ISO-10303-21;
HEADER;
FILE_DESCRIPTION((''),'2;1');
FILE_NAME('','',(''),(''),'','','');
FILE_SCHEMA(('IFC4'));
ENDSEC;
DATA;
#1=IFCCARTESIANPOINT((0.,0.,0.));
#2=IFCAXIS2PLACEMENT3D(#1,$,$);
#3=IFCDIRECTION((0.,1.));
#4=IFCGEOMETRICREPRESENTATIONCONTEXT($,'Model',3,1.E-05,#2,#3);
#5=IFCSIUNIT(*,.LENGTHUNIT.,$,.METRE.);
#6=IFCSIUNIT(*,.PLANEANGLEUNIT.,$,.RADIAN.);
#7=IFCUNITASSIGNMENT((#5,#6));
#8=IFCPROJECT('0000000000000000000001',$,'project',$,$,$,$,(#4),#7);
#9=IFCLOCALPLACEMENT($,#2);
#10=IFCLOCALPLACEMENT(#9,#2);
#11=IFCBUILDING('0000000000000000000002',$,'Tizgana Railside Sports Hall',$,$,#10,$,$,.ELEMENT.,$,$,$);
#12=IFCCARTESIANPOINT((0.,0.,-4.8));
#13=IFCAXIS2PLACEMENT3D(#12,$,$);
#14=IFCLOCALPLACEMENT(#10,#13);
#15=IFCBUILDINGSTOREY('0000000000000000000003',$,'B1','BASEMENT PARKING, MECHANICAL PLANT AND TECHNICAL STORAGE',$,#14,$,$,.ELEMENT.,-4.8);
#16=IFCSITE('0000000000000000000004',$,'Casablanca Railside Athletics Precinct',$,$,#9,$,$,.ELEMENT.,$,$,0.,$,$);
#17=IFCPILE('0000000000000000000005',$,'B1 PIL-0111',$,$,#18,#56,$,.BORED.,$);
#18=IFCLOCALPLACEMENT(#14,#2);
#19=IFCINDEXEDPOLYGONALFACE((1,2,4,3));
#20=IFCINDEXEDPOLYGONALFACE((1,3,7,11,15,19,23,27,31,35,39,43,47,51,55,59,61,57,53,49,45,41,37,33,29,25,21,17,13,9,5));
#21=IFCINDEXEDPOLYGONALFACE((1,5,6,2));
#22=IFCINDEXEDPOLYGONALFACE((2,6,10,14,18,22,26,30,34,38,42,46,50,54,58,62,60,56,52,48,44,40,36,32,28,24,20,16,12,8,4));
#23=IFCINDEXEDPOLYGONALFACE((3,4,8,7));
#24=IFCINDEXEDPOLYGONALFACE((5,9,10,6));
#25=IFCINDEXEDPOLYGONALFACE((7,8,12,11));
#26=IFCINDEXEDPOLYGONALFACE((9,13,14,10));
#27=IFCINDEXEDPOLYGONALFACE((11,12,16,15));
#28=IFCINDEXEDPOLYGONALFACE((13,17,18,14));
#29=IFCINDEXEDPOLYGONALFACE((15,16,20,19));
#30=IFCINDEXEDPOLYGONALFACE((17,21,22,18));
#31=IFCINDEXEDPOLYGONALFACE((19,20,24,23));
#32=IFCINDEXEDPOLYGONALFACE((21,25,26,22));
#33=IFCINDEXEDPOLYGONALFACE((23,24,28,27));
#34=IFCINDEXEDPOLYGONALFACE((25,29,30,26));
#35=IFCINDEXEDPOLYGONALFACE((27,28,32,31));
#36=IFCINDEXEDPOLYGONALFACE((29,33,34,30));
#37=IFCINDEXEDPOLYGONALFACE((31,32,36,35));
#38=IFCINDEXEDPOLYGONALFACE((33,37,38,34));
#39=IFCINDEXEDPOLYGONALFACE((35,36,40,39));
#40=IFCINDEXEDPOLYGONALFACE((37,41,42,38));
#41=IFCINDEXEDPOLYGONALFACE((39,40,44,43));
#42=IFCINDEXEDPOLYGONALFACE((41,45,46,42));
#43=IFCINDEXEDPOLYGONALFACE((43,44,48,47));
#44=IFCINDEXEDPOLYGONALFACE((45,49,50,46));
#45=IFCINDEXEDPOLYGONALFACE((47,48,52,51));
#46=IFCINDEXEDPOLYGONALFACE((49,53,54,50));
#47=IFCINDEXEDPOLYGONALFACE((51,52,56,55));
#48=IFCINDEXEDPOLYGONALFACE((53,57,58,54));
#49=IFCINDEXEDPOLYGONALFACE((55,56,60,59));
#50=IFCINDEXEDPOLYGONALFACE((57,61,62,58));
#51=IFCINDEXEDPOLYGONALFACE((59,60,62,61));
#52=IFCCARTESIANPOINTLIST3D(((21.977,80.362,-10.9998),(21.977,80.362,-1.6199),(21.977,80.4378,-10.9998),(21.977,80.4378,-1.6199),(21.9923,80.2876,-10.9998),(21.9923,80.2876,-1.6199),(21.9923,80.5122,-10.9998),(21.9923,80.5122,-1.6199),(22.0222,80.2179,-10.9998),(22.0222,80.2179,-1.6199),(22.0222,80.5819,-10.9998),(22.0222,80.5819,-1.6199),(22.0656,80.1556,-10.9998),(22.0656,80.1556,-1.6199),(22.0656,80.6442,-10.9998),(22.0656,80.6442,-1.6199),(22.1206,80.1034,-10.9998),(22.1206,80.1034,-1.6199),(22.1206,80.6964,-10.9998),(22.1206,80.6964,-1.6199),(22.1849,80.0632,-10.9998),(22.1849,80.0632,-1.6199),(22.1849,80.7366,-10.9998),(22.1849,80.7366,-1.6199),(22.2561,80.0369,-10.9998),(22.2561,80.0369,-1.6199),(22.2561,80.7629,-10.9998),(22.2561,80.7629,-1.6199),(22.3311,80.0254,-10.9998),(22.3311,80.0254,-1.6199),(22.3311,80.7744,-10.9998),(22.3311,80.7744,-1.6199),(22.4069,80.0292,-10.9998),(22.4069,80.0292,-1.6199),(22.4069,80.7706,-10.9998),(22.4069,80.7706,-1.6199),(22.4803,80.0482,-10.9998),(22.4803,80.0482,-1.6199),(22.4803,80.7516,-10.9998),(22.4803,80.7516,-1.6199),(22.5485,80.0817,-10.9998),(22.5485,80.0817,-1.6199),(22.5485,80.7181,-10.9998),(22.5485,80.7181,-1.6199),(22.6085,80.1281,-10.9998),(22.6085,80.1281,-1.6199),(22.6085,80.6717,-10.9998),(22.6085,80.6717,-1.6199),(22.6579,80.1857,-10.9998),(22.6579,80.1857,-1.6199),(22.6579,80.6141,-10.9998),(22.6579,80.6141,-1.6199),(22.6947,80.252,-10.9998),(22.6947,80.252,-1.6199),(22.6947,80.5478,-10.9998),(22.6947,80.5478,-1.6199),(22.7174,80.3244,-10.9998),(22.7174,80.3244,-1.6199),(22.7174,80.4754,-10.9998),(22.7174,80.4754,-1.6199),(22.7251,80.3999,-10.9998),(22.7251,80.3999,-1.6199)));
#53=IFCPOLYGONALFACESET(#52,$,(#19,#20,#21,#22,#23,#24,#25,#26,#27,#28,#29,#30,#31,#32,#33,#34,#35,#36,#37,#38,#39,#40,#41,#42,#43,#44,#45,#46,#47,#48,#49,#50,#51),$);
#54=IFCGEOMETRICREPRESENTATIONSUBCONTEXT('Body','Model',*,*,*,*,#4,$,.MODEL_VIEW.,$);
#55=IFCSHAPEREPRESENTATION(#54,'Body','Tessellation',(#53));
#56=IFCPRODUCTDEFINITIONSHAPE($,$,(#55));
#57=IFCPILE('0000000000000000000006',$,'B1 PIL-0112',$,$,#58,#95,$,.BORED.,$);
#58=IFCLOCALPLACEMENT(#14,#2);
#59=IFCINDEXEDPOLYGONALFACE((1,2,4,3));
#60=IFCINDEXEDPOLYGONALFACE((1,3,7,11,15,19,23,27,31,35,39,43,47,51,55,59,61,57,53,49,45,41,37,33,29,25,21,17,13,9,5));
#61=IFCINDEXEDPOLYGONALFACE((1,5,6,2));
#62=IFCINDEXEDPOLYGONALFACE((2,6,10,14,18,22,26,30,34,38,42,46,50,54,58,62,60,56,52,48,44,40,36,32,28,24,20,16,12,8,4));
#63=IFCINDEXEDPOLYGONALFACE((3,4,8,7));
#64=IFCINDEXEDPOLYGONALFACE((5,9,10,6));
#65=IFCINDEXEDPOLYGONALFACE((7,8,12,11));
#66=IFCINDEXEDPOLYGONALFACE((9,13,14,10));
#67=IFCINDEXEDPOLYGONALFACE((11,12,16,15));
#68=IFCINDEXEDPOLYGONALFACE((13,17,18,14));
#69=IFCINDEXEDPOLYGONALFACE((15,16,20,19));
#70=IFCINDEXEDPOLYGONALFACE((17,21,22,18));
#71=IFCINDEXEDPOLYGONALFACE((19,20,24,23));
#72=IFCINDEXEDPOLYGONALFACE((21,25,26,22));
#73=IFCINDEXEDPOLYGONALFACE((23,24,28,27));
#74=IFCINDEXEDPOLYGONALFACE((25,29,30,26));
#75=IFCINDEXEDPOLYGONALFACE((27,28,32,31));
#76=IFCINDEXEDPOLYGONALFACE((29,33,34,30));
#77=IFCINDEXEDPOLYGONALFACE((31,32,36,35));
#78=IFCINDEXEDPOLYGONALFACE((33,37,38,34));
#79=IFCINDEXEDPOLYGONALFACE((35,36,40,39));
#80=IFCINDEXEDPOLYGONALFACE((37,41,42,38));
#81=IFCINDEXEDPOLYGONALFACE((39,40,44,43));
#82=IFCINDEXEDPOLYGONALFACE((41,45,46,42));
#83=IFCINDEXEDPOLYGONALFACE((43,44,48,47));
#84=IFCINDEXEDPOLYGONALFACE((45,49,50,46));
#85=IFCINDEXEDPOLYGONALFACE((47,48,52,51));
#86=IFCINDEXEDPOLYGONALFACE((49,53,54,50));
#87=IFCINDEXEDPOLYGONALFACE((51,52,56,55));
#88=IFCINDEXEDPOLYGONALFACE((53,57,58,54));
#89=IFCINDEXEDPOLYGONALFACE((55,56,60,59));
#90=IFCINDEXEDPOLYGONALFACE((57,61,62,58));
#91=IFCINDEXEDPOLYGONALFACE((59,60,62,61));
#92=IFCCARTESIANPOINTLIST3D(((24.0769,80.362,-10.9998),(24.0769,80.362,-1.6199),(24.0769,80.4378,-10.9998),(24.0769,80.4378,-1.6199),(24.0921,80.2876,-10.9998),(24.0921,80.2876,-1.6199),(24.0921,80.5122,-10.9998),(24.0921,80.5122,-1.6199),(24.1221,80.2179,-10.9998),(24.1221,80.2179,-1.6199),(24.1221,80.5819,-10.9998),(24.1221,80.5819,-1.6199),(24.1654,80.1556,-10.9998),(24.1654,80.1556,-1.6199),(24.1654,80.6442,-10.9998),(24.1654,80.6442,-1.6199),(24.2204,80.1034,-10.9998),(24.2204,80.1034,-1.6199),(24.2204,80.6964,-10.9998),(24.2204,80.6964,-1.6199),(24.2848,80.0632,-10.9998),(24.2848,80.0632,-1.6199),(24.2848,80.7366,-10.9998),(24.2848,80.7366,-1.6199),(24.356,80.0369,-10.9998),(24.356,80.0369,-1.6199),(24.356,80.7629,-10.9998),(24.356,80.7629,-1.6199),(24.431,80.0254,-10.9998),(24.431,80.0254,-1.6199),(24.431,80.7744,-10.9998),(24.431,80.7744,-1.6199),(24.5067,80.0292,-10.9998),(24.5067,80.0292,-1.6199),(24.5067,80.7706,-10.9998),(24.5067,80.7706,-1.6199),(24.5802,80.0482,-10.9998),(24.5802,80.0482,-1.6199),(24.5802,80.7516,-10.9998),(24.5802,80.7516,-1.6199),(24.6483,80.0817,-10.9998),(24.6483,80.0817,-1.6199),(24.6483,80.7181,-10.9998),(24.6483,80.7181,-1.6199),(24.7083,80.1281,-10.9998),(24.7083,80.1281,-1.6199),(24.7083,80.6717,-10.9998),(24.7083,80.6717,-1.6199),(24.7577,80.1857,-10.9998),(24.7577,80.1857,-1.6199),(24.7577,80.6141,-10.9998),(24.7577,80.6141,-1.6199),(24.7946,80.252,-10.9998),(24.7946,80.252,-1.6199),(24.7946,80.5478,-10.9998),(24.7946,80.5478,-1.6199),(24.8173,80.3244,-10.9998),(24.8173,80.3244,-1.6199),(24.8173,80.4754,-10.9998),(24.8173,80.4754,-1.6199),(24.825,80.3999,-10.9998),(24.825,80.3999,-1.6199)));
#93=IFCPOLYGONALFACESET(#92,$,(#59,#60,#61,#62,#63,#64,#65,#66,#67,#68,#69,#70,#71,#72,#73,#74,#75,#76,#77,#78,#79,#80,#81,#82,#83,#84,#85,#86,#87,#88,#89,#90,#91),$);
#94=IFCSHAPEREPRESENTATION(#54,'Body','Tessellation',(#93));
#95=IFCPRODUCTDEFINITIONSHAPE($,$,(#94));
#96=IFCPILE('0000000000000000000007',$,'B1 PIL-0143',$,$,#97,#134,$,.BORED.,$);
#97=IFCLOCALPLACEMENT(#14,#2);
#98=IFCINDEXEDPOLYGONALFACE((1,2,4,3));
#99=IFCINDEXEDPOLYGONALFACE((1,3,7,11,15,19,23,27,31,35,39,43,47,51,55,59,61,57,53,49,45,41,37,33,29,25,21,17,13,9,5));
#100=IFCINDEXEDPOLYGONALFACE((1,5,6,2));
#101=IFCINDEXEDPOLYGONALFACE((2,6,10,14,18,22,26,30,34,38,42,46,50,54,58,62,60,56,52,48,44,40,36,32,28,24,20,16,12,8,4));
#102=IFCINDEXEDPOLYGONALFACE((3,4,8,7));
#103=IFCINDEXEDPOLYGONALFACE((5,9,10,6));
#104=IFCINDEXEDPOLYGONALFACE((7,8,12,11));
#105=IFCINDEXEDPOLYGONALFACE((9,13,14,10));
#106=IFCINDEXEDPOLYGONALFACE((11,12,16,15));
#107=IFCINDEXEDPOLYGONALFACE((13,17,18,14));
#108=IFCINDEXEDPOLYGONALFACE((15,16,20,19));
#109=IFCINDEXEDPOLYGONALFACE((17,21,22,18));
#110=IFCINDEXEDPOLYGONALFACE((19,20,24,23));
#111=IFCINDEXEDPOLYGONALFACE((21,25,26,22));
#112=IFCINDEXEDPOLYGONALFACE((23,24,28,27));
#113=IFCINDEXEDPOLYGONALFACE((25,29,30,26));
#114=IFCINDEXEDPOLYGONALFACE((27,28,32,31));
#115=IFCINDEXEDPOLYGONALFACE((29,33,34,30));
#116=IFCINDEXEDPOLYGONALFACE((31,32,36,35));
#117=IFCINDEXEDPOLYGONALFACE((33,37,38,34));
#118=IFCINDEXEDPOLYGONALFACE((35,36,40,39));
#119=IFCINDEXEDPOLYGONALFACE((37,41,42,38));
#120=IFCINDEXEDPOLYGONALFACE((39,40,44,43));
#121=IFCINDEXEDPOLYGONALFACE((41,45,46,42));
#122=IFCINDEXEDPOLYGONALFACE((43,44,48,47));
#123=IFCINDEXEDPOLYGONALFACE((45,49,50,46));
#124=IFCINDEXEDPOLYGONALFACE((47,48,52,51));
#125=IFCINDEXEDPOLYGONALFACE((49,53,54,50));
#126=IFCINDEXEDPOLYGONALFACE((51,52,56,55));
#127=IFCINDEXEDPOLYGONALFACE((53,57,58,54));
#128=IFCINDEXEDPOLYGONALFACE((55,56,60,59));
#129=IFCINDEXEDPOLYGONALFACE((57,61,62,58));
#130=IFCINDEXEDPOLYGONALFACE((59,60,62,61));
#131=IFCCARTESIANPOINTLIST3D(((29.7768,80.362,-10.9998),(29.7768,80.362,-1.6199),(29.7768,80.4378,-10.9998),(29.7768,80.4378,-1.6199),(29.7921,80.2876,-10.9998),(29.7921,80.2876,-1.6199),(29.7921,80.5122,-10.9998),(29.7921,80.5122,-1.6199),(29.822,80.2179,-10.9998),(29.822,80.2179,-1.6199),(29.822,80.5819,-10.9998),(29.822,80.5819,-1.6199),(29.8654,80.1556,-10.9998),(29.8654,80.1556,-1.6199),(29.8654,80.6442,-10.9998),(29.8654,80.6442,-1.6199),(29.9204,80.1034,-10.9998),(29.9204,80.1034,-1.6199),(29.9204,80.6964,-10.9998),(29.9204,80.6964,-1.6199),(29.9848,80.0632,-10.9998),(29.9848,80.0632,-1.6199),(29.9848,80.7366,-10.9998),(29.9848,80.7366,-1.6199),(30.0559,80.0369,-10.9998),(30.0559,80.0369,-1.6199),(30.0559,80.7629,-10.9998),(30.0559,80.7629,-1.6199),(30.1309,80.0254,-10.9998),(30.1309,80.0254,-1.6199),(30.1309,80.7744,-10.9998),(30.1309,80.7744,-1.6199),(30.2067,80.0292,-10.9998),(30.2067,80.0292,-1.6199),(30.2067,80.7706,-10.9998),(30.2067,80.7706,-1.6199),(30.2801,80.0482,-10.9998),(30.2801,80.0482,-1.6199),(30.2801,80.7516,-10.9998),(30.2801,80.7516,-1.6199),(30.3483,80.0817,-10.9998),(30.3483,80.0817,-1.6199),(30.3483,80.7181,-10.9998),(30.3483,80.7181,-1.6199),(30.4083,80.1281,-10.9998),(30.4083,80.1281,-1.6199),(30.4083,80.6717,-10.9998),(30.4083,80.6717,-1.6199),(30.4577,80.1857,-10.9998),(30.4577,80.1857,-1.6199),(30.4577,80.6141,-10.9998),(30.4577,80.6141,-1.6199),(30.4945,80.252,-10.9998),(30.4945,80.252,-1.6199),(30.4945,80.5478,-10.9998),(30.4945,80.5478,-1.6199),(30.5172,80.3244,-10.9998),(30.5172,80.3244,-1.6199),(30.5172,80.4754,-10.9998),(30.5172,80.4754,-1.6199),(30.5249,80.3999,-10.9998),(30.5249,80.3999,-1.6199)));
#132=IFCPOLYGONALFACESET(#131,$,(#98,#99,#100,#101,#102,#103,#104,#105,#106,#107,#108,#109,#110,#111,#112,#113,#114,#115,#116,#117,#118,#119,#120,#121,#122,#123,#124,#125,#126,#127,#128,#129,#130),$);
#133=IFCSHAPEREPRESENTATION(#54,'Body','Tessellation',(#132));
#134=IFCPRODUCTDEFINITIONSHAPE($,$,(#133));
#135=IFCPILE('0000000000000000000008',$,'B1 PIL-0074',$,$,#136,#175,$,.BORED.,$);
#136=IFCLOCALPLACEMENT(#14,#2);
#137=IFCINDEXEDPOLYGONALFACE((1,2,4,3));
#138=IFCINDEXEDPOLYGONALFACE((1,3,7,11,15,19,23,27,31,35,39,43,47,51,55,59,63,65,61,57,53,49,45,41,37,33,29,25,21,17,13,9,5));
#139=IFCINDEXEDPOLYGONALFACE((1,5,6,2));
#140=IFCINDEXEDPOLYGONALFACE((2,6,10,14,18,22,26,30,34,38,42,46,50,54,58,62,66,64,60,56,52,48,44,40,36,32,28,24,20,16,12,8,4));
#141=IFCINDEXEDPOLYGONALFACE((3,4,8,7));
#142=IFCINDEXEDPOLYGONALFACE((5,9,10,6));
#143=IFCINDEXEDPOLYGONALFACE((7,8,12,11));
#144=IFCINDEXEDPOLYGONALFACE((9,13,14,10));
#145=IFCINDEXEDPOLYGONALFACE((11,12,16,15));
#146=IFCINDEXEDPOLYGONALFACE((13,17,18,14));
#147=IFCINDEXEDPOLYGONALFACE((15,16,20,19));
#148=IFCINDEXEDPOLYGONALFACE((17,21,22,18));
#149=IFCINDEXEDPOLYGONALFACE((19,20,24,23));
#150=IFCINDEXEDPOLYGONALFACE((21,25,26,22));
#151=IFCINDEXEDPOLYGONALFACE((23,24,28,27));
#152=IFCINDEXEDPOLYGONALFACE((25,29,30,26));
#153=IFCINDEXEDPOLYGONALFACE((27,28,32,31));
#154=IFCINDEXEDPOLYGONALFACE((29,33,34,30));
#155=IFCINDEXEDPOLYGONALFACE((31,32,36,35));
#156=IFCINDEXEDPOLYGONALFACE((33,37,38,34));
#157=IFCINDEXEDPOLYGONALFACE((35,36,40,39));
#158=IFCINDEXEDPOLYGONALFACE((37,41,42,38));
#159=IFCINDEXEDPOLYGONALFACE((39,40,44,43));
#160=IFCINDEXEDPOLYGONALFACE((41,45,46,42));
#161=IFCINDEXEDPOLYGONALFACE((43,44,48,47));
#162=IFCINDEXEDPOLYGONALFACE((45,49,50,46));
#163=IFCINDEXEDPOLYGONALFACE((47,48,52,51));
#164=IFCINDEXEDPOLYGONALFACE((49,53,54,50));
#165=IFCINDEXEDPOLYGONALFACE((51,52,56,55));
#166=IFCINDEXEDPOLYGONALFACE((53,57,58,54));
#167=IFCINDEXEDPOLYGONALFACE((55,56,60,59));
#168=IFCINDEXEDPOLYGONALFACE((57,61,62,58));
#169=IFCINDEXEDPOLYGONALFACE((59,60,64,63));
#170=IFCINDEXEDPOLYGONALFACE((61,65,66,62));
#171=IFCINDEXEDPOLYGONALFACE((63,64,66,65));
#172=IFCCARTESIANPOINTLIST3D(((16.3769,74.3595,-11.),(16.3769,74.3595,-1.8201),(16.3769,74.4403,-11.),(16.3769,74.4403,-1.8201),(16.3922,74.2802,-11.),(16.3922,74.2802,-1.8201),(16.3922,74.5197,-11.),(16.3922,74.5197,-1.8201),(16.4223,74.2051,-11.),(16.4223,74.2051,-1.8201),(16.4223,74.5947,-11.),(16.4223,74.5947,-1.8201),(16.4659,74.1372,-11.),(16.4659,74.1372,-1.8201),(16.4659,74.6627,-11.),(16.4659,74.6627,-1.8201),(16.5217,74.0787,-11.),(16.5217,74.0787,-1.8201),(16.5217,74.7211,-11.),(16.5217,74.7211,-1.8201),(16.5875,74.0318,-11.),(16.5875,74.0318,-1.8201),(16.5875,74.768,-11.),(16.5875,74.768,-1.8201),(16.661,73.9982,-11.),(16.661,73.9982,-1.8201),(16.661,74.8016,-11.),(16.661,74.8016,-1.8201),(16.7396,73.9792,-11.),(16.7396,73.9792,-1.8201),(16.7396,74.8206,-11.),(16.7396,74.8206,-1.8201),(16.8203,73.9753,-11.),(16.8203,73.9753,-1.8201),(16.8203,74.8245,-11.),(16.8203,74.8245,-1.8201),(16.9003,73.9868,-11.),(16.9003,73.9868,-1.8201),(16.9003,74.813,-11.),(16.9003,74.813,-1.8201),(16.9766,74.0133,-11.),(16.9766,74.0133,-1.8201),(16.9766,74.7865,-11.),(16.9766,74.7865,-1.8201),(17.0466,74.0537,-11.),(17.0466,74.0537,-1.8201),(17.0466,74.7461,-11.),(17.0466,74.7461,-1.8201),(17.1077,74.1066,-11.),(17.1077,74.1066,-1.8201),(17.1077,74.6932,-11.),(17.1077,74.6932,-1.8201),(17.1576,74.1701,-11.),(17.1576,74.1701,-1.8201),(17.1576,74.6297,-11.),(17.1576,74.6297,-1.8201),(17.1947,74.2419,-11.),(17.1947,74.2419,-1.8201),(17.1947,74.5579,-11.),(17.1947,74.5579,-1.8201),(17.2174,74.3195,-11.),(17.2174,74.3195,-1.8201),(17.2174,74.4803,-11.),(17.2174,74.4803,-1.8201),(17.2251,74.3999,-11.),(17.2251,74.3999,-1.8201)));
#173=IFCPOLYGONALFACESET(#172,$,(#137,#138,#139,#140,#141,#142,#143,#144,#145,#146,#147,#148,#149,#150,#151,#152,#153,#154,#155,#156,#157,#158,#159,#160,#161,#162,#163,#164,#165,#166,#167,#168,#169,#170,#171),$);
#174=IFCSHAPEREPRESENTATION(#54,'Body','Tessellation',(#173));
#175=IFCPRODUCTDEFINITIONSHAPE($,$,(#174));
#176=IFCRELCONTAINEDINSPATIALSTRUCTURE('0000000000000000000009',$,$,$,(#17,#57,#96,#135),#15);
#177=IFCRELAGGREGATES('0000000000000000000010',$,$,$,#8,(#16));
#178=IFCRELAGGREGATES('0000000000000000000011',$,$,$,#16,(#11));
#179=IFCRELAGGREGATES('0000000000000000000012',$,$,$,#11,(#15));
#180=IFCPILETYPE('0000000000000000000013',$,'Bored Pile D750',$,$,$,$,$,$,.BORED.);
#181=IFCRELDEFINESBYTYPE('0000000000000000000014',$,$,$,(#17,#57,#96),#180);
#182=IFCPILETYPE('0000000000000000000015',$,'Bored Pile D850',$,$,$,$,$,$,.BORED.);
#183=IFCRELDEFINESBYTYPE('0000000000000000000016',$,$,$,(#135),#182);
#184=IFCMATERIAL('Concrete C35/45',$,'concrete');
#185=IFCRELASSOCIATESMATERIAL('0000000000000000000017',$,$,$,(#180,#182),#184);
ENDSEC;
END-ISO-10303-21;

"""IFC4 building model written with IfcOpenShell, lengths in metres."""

from ifc_helpers import new_model, si_unit, direction, frame, origin, origin_2d, place, context, subcontext, project, spatial, circle, extrude, material, material_profile, profile_set, type_object, element, save


model = new_model("IFC4")

# Units and contexts
model_context = context("Model", 3, precision=1e-05, world=origin(), true_north=direction((0.0, 1.0)))
body_context = subcontext(model_context, "Body", "Model", "MODEL_VIEW")
ifc_project = project(units=[si_unit("LENGTHUNIT", "METRE"), si_unit("PLANEANGLEUNIT", "RADIAN")], contexts=[model_context])

# Site, building, storey
site_placement = place(None, origin())
site = spatial("IfcSite", under=ifc_project, at=site_placement, Name="Casablanca Railside Athletics Precinct", CompositionType="ELEMENT", RefElevation=0.0)
building_placement = place(site_placement, origin())
building = spatial("IfcBuilding", under=site, at=building_placement, Name="Tizgana Railside Sports Hall", CompositionType="ELEMENT")
storey_placement = place(building_placement, frame((0.0, 0.0, -4.8)))
storey = spatial("IfcBuildingStorey", under=building, at=storey_placement, Name="B1", Description="BASEMENT PARKING, MECHANICAL PLANT AND TECHNICAL STORAGE", CompositionType="ELEMENT", Elevation=-4.8)

# Piles
ifc_material_1 = material(Name="Concrete C35/45", Category="concrete")
ifc_material_profile_1 = material_profile(ifc_material_1, circle(Radius=0.375, at=origin_2d()), Name="PILE D750")
ifc_profile_set_1 = profile_set([ifc_material_profile_1], Name="Concrete C35/45")
pile_type_1 = type_object("IfcPileType", Name="Bored Pile D750", PredefinedType="BORED", material=ifc_profile_set_1)
for number, where, z_axis, x_axis, name in (
    (1, (22.3501, 80.3999, -1.6199), (0.0, 0.0, -1.0), (1.0, 0.0, 0.0), "B1 PIL-0111"),
    (2, (24.45, 80.3999, -1.6199), (0.0, 0.0, -1.0), (1.0, 0.0, 0.0), "B1 PIL-0112"),
    (3, (30.1499, 80.3999, -1.6199), (0.0, 0.0, -1.0), (1.0, 0.0, 0.0), "B1 PIL-0143"),
):
    element("IfcPile", number, at=place(storey_placement, frame(where, z_axis=z_axis, x_axis=x_axis)), inside=storey, type_object=pile_type_1, Name=name, PredefinedType="BORED", context=body_context, shape_type="SweptSolid", body=[
        extrude(circle(Radius=0.375, at=origin_2d()), origin(), (0.0, 0.0, 1.0), 9.3799),
    ])
ifc_material_profile_2 = material_profile(ifc_material_1, circle(Radius=0.425, at=origin_2d()), Name="PILE D850")
ifc_profile_set_2 = profile_set([ifc_material_profile_2], Name="Concrete C35/45")
pile_type_2 = type_object("IfcPileType", Name="Bored Pile D850", PredefinedType="BORED", material=ifc_profile_set_2)
for number, where, z_axis, x_axis, name in (
    (4, (16.8, 74.3999, -1.8201), (0.0, 0.0, -1.0), (1.0, 0.0, 0.0), "B1 PIL-0074"),
):
    element("IfcPile", number, at=place(storey_placement, frame(where, z_axis=z_axis, x_axis=x_axis)), inside=storey, type_object=pile_type_2, Name=name, PredefinedType="BORED", context=body_context, shape_type="SweptSolid", body=[
        extrude(circle(Radius=0.425, at=origin_2d()), origin(), (0.0, 0.0, 1.0), 9.1799),
    ])

save(model, "model.ifc")
